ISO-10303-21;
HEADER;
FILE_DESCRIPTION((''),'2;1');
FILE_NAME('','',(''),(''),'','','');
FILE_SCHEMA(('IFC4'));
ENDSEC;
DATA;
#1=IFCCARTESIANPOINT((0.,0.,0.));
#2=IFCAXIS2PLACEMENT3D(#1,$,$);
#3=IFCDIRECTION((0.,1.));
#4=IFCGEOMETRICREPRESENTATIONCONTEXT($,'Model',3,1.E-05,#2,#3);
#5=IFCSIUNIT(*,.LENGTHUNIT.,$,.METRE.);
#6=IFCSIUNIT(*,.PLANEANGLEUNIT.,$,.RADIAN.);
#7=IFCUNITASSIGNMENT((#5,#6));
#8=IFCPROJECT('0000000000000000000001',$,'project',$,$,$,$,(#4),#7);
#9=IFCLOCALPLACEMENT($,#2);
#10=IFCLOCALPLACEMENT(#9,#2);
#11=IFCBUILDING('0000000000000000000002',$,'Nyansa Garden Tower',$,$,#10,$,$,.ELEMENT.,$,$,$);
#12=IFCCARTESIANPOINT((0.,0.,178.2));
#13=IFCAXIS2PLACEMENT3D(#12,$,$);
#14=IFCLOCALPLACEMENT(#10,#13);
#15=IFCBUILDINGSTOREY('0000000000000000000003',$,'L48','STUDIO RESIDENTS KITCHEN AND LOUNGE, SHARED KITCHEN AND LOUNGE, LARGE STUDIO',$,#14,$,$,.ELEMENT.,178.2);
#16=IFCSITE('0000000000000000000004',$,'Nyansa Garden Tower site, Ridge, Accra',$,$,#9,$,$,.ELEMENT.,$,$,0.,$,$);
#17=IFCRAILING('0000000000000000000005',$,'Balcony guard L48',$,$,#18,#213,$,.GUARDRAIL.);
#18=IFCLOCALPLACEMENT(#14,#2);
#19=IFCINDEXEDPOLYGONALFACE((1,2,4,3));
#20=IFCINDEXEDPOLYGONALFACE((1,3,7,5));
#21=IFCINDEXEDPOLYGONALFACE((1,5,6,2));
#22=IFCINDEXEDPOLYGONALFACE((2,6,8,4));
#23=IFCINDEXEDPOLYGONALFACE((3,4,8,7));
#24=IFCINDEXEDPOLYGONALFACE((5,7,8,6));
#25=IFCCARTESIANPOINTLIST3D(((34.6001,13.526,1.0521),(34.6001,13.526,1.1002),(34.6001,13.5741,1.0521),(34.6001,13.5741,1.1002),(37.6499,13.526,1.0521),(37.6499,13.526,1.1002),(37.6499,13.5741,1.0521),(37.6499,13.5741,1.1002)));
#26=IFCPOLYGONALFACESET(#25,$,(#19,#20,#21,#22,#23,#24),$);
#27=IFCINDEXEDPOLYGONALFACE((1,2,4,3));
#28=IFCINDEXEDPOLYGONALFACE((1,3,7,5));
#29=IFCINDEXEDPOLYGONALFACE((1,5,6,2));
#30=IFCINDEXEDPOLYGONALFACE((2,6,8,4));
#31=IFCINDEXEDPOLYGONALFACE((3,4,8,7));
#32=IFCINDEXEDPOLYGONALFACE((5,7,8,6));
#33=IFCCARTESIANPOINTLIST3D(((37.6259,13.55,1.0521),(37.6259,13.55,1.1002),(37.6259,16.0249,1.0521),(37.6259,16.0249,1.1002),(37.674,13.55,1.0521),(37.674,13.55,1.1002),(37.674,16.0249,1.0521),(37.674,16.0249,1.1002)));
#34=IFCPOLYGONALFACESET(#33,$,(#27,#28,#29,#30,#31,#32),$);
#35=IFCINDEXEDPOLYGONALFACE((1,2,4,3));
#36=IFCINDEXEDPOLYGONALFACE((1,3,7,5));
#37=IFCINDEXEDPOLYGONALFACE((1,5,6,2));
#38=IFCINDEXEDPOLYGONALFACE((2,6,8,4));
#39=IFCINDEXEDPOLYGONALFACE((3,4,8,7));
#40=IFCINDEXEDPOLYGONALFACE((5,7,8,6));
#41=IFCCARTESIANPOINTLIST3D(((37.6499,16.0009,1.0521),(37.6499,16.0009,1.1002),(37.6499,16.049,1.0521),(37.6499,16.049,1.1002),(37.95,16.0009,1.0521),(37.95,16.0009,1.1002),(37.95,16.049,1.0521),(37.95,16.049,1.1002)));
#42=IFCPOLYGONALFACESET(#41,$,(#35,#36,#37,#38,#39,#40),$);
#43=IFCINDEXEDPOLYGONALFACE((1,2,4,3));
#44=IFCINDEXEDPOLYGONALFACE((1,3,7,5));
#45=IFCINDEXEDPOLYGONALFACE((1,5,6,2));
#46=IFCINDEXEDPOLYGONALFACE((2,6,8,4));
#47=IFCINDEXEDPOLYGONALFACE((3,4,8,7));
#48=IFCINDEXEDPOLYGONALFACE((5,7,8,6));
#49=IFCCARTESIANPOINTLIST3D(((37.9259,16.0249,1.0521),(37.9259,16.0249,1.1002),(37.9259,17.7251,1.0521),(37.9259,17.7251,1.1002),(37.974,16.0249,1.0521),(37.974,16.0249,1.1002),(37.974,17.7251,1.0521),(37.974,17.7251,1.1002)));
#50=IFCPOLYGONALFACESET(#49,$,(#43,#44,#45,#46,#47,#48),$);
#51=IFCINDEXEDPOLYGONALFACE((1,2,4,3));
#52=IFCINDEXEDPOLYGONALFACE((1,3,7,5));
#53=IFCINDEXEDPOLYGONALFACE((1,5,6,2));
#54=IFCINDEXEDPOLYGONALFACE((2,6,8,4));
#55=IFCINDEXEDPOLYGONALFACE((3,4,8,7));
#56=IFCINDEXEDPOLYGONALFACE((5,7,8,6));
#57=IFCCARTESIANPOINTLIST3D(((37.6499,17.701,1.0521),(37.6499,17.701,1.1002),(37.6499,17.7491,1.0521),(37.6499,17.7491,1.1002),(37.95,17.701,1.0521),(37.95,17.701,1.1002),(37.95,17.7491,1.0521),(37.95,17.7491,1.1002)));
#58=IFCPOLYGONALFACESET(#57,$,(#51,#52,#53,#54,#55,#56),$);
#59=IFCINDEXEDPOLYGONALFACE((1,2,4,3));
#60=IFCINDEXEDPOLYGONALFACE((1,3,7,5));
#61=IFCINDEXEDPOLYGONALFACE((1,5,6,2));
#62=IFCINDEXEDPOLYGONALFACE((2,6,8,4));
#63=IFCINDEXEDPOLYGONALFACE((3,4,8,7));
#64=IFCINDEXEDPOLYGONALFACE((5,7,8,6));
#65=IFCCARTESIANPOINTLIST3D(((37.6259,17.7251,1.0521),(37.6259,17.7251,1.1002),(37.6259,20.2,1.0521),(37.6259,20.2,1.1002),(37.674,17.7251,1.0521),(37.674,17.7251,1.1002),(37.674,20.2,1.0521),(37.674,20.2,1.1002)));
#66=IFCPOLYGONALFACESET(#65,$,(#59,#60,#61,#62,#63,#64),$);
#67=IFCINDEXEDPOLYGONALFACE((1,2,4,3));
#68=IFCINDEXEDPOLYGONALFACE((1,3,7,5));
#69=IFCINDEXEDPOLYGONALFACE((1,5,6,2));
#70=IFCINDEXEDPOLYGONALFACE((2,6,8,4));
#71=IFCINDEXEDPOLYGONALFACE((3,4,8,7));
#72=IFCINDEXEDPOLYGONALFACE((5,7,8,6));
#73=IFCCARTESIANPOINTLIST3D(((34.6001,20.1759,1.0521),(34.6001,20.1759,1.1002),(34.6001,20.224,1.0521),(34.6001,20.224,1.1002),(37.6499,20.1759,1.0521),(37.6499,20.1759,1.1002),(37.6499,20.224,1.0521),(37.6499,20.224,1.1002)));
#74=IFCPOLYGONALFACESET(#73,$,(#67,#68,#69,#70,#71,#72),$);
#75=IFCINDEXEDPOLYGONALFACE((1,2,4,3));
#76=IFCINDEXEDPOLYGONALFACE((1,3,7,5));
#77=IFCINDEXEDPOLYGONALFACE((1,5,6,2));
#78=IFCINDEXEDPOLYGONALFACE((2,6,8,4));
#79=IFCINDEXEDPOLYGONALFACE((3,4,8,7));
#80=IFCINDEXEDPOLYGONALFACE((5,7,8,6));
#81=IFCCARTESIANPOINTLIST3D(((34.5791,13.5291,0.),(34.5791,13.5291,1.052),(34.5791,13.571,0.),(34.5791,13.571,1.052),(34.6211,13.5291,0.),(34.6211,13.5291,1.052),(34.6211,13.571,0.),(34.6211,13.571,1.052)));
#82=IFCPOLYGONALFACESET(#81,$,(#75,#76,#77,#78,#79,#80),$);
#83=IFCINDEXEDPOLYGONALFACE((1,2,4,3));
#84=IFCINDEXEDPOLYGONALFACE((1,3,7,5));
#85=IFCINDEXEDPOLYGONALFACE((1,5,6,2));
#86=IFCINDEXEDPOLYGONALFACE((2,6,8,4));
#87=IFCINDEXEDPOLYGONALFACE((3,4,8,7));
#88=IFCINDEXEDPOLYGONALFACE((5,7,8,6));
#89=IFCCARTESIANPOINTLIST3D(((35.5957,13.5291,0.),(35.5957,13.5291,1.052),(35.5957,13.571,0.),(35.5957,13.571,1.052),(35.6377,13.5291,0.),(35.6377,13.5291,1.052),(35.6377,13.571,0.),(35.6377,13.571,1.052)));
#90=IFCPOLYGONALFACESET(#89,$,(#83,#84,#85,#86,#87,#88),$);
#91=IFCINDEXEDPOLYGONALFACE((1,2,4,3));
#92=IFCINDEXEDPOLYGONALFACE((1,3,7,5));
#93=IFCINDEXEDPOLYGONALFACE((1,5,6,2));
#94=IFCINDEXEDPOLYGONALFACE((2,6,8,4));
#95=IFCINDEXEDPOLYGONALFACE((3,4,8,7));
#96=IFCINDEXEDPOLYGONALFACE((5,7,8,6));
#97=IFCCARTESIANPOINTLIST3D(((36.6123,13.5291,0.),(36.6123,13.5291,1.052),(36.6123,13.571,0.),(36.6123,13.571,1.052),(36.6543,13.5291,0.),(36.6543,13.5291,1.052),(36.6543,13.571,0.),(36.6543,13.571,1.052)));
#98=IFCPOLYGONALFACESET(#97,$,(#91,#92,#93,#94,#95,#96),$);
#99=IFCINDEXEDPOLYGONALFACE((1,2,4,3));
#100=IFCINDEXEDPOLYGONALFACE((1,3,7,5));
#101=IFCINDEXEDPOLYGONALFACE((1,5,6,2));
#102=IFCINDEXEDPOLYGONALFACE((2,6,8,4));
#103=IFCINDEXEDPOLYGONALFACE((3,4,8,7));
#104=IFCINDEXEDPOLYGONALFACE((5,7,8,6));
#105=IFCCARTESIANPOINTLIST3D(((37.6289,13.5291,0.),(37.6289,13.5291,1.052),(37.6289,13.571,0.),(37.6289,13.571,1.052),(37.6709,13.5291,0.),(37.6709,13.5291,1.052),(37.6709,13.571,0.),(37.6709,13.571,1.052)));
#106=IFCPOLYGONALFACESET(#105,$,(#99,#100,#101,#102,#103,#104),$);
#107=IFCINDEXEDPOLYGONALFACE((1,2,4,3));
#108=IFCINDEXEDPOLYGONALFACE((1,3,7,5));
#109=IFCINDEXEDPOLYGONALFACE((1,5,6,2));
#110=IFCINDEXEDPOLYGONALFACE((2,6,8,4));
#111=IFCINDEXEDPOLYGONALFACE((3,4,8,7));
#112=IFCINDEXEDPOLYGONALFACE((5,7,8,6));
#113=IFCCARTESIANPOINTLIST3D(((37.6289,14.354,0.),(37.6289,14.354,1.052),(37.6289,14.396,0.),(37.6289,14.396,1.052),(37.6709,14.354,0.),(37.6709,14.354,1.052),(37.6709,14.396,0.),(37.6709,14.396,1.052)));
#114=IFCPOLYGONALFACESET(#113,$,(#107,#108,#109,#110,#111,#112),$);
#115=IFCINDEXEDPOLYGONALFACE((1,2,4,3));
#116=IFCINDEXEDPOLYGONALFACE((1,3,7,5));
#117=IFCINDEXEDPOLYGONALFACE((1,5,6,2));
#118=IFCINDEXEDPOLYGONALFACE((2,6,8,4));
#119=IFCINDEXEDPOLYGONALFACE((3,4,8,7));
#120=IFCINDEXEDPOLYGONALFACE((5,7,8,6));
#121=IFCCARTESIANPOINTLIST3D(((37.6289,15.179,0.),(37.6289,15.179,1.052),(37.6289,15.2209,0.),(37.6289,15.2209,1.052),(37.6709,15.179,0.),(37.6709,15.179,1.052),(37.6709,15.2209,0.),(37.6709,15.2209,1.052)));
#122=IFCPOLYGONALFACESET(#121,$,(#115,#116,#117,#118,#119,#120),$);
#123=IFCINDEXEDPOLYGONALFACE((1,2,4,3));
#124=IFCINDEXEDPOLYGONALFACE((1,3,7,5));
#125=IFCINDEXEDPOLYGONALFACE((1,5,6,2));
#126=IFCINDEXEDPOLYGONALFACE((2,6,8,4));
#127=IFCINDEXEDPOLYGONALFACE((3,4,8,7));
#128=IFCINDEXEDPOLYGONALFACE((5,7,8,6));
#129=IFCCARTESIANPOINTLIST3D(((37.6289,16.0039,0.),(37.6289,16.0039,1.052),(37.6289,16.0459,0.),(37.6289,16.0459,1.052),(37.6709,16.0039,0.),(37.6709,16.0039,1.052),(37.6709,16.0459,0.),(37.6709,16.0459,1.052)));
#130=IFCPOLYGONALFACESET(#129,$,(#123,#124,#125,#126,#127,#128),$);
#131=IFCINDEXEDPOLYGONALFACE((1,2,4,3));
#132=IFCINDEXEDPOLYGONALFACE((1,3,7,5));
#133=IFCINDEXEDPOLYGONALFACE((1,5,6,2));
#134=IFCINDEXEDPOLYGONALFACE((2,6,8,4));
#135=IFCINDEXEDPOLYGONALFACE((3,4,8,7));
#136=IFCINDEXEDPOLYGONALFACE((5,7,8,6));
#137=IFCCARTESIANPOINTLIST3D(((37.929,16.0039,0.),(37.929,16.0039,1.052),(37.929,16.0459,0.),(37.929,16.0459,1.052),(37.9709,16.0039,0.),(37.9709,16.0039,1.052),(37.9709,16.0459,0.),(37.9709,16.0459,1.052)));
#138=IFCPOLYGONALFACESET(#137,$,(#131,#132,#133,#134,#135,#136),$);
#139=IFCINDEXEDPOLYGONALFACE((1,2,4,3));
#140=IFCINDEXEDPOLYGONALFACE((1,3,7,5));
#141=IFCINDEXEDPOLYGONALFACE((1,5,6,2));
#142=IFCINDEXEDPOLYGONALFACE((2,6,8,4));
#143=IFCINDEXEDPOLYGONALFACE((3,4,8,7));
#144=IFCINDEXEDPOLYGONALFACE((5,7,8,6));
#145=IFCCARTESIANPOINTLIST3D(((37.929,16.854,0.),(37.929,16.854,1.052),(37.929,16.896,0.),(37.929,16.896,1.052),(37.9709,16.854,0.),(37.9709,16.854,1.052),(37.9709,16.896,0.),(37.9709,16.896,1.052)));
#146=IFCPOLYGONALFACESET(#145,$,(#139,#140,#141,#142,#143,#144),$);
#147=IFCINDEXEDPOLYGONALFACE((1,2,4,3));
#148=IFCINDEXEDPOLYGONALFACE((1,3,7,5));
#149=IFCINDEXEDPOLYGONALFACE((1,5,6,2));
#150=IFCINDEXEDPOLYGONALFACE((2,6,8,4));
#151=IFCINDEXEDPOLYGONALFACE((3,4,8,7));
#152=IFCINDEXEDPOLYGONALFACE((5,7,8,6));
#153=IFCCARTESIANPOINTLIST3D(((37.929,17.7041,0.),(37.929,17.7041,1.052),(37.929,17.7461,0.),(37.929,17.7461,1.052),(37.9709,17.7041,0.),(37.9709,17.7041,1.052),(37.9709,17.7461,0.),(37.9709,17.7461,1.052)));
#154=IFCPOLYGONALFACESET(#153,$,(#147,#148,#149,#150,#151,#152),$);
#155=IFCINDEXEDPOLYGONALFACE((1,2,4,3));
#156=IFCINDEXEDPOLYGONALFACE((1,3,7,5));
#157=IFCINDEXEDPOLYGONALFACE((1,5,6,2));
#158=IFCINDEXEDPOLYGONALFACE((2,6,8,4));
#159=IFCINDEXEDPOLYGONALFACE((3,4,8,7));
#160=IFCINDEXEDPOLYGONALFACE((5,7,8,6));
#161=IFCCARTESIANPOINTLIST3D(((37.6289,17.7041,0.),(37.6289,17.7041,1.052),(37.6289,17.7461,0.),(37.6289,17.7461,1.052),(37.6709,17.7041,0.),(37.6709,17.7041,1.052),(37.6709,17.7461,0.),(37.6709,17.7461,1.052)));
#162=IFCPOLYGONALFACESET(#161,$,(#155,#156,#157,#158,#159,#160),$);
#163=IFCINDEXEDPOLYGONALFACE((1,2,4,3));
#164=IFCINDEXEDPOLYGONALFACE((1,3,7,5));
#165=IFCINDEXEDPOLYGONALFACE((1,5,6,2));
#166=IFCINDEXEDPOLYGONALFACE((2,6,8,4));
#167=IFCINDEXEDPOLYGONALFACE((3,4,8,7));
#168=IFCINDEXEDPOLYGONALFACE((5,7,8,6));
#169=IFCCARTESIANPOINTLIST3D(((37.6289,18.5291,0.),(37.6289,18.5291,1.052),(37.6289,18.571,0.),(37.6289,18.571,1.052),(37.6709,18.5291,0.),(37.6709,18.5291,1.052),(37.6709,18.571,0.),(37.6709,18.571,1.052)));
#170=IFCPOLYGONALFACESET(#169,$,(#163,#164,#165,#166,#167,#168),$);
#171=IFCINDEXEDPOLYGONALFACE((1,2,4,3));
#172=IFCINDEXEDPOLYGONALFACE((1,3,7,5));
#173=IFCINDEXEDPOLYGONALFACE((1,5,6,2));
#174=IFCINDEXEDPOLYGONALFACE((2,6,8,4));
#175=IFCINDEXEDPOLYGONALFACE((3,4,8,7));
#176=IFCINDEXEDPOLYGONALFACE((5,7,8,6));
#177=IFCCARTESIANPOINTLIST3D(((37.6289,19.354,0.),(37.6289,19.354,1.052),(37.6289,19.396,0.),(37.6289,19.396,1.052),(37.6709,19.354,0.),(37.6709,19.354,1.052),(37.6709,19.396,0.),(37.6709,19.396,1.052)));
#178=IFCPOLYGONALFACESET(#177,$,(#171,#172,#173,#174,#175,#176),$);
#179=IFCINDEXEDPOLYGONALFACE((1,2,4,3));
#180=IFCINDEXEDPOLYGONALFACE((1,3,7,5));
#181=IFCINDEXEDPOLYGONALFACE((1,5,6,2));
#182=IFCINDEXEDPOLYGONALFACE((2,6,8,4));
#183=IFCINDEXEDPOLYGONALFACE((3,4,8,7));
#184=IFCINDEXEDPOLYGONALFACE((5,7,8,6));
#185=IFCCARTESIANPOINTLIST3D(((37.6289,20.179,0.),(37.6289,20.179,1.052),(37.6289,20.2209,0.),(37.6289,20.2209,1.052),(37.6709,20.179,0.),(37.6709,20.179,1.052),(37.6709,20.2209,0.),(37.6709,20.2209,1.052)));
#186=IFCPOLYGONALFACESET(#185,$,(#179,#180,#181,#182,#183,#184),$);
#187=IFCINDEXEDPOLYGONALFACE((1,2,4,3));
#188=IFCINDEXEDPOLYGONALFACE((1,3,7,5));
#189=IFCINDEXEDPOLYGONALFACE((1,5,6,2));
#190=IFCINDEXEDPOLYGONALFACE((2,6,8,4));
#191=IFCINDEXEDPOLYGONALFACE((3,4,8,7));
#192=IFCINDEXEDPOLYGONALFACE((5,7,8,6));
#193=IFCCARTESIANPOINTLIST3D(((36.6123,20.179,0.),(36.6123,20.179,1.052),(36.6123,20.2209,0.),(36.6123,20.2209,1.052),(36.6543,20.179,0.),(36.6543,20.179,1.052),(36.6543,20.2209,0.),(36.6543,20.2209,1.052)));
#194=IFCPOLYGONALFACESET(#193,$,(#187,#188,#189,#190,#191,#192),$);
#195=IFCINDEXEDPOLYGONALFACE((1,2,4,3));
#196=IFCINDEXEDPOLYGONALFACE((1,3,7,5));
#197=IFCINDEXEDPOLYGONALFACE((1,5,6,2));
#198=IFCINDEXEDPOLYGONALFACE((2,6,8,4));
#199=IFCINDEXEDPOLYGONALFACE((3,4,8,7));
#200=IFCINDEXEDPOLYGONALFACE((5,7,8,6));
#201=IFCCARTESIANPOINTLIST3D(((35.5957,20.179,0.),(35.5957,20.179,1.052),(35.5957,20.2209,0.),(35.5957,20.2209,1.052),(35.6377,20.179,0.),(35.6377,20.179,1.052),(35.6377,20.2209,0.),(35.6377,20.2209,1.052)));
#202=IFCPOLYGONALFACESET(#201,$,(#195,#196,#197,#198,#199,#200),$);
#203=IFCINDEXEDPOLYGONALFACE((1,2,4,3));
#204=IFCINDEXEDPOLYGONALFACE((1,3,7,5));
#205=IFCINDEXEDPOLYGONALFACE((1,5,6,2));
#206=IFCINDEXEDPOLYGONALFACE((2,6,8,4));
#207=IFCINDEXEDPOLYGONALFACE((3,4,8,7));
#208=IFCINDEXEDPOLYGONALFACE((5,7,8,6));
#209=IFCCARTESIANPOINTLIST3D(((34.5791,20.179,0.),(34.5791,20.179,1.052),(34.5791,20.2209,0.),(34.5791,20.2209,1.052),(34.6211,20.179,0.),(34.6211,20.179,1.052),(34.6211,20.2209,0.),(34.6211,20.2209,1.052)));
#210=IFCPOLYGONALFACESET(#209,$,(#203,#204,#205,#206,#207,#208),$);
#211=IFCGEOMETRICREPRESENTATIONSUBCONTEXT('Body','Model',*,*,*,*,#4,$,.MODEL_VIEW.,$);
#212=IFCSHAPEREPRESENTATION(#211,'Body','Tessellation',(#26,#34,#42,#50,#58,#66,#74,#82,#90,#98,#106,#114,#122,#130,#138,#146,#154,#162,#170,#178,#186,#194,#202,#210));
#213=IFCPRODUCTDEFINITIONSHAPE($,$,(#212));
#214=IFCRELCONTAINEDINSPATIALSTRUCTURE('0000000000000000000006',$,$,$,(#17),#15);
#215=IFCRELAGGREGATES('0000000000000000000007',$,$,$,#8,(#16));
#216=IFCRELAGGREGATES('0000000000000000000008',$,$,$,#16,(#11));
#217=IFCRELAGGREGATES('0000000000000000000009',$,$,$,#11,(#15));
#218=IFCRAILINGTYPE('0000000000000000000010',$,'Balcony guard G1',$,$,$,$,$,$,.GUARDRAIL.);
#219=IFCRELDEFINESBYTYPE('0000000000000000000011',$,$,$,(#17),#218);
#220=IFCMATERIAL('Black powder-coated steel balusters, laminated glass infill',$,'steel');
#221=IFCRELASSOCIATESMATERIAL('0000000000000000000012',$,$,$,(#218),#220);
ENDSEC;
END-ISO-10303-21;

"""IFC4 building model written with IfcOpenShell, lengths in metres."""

from ifc_helpers import new_model, si_unit, direction, frame, origin, origin_2d, place, context, subcontext, project, spatial, rectangle, extrude, material, type_object, element, save


model = new_model("IFC4")

# Units and contexts
model_context = context("Model", 3, precision=1e-05, world=origin(), true_north=direction((0.0, 1.0)))
body_context = subcontext(model_context, "Body", "Model", "MODEL_VIEW")
ifc_project = project(units=[si_unit("LENGTHUNIT", "METRE"), si_unit("PLANEANGLEUNIT", "RADIAN")], contexts=[model_context])

# Site, building, storey
site_placement = place(None, origin())
site = spatial("IfcSite", under=ifc_project, at=site_placement, Name="Nyansa Garden Tower site, Ridge, Accra", CompositionType="ELEMENT", RefElevation=0.0)
building_placement = place(site_placement, origin())
building = spatial("IfcBuilding", under=site, at=building_placement, Name="Nyansa Garden Tower", CompositionType="ELEMENT")
storey_placement = place(building_placement, frame((0.0, 0.0, 178.2)))
storey = spatial("IfcBuildingStorey", under=building, at=storey_placement, Name="L48", Description="STUDIO RESIDENTS KITCHEN AND LOUNGE, SHARED KITCHEN AND LOUNGE, LARGE STUDIO", CompositionType="ELEMENT", Elevation=178.2)

# Railing
ifc_material_1 = material(Name="Black powder-coated steel balusters, laminated glass infill", Category="steel")
railing_type = type_object("IfcRailingType", Name="Balcony guard G1", PredefinedType="GUARDRAIL", material=ifc_material_1)
railing_placement = place(storey_placement, frame((34.6001, 13.55, 0.0)))
element("IfcRailing", 1, at=railing_placement, inside=storey, type_object=railing_type, Name="Balcony guard L48", PredefinedType="GUARDRAIL", context=body_context, shape_type="SweptSolid", body=[
    extrude(rectangle(XDim=0.0481, YDim=0.0481, at=origin_2d()), frame((0.0, 0.0, 1.0762), z_axis=(1.0, 0.0, 0.0), x_axis=(0.0, 1.0, 0.0)), (0.0, 0.0, 1.0), 3.0498),
    extrude(rectangle(XDim=0.0481, YDim=0.0481, at=origin_2d()), frame((3.0498, 0.0, 1.0762), z_axis=(0.0, 1.0, 0.0), x_axis=(-1.0, 0.0, 0.0)), (0.0, 0.0, 1.0), 2.4749),
    extrude(rectangle(XDim=0.0481, YDim=0.0481, at=origin_2d()), frame((3.0498, 2.4749, 1.0762), z_axis=(1.0, 0.0, 0.0), x_axis=(0.0, 1.0, 0.0)), (0.0, 0.0, 1.0), 0.3),
    extrude(rectangle(XDim=0.0481, YDim=0.0481, at=origin_2d()), frame((3.3499, 2.4749, 1.0762), z_axis=(0.0, 1.0, 0.0), x_axis=(-1.0, 0.0, 0.0)), (0.0, 0.0, 1.0), 1.7002),
    extrude(rectangle(XDim=0.0481, YDim=0.0481, at=origin_2d()), frame((3.3499, 4.175, 1.0762), z_axis=(-1.0, 0.0, 0.0), x_axis=(0.0, -1.0, 0.0)), (0.0, 0.0, 1.0), 0.3),
    extrude(rectangle(XDim=0.0481, YDim=0.0481, at=origin_2d()), frame((3.0498, 4.175, 1.0762), z_axis=(0.0, 1.0, 0.0), x_axis=(-1.0, 0.0, 0.0)), (0.0, 0.0, 1.0), 2.4749),
    extrude(rectangle(XDim=0.0481, YDim=0.0481, at=origin_2d()), frame((3.0498, 6.6499, 1.0762), z_axis=(-1.0, 0.0, 0.0), x_axis=(0.0, -1.0, 0.0)), (0.0, 0.0, 1.0), 3.0498),
    extrude(rectangle(XDim=0.042, YDim=0.042, at=origin_2d()), origin(), (0.0, 0.0, 1.0), 1.052),
    extrude(rectangle(XDim=0.042, YDim=0.042, at=origin_2d()), frame((1.0166, 0.0, 0.0)), (0.0, 0.0, 1.0), 1.052),
    extrude(rectangle(XDim=0.042, YDim=0.042, at=origin_2d()), frame((2.0332, 0.0, 0.0)), (0.0, 0.0, 1.0), 1.052),
    extrude(rectangle(XDim=0.042, YDim=0.042, at=origin_2d()), frame((3.0498, 0.0, 0.0)), (0.0, 0.0, 1.0), 1.052),
    extrude(rectangle(XDim=0.042, YDim=0.042, at=origin_2d()), frame((3.0498, 0.825, 0.0)), (0.0, 0.0, 1.0), 1.052),
    extrude(rectangle(XDim=0.042, YDim=0.042, at=origin_2d()), frame((3.0498, 1.6499, 0.0)), (0.0, 0.0, 1.0), 1.052),
    extrude(rectangle(XDim=0.042, YDim=0.042, at=origin_2d()), frame((3.0498, 2.4749, 0.0)), (0.0, 0.0, 1.0), 1.052),
    extrude(rectangle(XDim=0.042, YDim=0.042, at=origin_2d()), frame((3.3499, 2.4749, 0.0)), (0.0, 0.0, 1.0), 1.052),
    extrude(rectangle(XDim=0.042, YDim=0.042, at=origin_2d()), frame((3.3499, 3.325, 0.0)), (0.0, 0.0, 1.0), 1.052),
    extrude(rectangle(XDim=0.042, YDim=0.042, at=origin_2d()), frame((3.3499, 4.175, 0.0)), (0.0, 0.0, 1.0), 1.052),
    extrude(rectangle(XDim=0.042, YDim=0.042, at=origin_2d()), frame((3.0498, 4.175, 0.0)), (0.0, 0.0, 1.0), 1.052),
    extrude(rectangle(XDim=0.042, YDim=0.042, at=origin_2d()), frame((3.0498, 5.0, 0.0)), (0.0, 0.0, 1.0), 1.052),
    extrude(rectangle(XDim=0.042, YDim=0.042, at=origin_2d()), frame((3.0498, 5.825, 0.0)), (0.0, 0.0, 1.0), 1.052),
    extrude(rectangle(XDim=0.042, YDim=0.042, at=origin_2d()), frame((3.0498, 6.6499, 0.0)), (0.0, 0.0, 1.0), 1.052),
    extrude(rectangle(XDim=0.042, YDim=0.042, at=origin_2d()), frame((2.0332, 6.6499, 0.0)), (0.0, 0.0, 1.0), 1.052),
    extrude(rectangle(XDim=0.042, YDim=0.042, at=origin_2d()), frame((1.0166, 6.6499, 0.0)), (0.0, 0.0, 1.0), 1.052),
    extrude(rectangle(XDim=0.042, YDim=0.042, at=origin_2d()), frame((0.0, 6.6499, 0.0)), (0.0, 0.0, 1.0), 1.052),
])

save(model, "model.ifc")
